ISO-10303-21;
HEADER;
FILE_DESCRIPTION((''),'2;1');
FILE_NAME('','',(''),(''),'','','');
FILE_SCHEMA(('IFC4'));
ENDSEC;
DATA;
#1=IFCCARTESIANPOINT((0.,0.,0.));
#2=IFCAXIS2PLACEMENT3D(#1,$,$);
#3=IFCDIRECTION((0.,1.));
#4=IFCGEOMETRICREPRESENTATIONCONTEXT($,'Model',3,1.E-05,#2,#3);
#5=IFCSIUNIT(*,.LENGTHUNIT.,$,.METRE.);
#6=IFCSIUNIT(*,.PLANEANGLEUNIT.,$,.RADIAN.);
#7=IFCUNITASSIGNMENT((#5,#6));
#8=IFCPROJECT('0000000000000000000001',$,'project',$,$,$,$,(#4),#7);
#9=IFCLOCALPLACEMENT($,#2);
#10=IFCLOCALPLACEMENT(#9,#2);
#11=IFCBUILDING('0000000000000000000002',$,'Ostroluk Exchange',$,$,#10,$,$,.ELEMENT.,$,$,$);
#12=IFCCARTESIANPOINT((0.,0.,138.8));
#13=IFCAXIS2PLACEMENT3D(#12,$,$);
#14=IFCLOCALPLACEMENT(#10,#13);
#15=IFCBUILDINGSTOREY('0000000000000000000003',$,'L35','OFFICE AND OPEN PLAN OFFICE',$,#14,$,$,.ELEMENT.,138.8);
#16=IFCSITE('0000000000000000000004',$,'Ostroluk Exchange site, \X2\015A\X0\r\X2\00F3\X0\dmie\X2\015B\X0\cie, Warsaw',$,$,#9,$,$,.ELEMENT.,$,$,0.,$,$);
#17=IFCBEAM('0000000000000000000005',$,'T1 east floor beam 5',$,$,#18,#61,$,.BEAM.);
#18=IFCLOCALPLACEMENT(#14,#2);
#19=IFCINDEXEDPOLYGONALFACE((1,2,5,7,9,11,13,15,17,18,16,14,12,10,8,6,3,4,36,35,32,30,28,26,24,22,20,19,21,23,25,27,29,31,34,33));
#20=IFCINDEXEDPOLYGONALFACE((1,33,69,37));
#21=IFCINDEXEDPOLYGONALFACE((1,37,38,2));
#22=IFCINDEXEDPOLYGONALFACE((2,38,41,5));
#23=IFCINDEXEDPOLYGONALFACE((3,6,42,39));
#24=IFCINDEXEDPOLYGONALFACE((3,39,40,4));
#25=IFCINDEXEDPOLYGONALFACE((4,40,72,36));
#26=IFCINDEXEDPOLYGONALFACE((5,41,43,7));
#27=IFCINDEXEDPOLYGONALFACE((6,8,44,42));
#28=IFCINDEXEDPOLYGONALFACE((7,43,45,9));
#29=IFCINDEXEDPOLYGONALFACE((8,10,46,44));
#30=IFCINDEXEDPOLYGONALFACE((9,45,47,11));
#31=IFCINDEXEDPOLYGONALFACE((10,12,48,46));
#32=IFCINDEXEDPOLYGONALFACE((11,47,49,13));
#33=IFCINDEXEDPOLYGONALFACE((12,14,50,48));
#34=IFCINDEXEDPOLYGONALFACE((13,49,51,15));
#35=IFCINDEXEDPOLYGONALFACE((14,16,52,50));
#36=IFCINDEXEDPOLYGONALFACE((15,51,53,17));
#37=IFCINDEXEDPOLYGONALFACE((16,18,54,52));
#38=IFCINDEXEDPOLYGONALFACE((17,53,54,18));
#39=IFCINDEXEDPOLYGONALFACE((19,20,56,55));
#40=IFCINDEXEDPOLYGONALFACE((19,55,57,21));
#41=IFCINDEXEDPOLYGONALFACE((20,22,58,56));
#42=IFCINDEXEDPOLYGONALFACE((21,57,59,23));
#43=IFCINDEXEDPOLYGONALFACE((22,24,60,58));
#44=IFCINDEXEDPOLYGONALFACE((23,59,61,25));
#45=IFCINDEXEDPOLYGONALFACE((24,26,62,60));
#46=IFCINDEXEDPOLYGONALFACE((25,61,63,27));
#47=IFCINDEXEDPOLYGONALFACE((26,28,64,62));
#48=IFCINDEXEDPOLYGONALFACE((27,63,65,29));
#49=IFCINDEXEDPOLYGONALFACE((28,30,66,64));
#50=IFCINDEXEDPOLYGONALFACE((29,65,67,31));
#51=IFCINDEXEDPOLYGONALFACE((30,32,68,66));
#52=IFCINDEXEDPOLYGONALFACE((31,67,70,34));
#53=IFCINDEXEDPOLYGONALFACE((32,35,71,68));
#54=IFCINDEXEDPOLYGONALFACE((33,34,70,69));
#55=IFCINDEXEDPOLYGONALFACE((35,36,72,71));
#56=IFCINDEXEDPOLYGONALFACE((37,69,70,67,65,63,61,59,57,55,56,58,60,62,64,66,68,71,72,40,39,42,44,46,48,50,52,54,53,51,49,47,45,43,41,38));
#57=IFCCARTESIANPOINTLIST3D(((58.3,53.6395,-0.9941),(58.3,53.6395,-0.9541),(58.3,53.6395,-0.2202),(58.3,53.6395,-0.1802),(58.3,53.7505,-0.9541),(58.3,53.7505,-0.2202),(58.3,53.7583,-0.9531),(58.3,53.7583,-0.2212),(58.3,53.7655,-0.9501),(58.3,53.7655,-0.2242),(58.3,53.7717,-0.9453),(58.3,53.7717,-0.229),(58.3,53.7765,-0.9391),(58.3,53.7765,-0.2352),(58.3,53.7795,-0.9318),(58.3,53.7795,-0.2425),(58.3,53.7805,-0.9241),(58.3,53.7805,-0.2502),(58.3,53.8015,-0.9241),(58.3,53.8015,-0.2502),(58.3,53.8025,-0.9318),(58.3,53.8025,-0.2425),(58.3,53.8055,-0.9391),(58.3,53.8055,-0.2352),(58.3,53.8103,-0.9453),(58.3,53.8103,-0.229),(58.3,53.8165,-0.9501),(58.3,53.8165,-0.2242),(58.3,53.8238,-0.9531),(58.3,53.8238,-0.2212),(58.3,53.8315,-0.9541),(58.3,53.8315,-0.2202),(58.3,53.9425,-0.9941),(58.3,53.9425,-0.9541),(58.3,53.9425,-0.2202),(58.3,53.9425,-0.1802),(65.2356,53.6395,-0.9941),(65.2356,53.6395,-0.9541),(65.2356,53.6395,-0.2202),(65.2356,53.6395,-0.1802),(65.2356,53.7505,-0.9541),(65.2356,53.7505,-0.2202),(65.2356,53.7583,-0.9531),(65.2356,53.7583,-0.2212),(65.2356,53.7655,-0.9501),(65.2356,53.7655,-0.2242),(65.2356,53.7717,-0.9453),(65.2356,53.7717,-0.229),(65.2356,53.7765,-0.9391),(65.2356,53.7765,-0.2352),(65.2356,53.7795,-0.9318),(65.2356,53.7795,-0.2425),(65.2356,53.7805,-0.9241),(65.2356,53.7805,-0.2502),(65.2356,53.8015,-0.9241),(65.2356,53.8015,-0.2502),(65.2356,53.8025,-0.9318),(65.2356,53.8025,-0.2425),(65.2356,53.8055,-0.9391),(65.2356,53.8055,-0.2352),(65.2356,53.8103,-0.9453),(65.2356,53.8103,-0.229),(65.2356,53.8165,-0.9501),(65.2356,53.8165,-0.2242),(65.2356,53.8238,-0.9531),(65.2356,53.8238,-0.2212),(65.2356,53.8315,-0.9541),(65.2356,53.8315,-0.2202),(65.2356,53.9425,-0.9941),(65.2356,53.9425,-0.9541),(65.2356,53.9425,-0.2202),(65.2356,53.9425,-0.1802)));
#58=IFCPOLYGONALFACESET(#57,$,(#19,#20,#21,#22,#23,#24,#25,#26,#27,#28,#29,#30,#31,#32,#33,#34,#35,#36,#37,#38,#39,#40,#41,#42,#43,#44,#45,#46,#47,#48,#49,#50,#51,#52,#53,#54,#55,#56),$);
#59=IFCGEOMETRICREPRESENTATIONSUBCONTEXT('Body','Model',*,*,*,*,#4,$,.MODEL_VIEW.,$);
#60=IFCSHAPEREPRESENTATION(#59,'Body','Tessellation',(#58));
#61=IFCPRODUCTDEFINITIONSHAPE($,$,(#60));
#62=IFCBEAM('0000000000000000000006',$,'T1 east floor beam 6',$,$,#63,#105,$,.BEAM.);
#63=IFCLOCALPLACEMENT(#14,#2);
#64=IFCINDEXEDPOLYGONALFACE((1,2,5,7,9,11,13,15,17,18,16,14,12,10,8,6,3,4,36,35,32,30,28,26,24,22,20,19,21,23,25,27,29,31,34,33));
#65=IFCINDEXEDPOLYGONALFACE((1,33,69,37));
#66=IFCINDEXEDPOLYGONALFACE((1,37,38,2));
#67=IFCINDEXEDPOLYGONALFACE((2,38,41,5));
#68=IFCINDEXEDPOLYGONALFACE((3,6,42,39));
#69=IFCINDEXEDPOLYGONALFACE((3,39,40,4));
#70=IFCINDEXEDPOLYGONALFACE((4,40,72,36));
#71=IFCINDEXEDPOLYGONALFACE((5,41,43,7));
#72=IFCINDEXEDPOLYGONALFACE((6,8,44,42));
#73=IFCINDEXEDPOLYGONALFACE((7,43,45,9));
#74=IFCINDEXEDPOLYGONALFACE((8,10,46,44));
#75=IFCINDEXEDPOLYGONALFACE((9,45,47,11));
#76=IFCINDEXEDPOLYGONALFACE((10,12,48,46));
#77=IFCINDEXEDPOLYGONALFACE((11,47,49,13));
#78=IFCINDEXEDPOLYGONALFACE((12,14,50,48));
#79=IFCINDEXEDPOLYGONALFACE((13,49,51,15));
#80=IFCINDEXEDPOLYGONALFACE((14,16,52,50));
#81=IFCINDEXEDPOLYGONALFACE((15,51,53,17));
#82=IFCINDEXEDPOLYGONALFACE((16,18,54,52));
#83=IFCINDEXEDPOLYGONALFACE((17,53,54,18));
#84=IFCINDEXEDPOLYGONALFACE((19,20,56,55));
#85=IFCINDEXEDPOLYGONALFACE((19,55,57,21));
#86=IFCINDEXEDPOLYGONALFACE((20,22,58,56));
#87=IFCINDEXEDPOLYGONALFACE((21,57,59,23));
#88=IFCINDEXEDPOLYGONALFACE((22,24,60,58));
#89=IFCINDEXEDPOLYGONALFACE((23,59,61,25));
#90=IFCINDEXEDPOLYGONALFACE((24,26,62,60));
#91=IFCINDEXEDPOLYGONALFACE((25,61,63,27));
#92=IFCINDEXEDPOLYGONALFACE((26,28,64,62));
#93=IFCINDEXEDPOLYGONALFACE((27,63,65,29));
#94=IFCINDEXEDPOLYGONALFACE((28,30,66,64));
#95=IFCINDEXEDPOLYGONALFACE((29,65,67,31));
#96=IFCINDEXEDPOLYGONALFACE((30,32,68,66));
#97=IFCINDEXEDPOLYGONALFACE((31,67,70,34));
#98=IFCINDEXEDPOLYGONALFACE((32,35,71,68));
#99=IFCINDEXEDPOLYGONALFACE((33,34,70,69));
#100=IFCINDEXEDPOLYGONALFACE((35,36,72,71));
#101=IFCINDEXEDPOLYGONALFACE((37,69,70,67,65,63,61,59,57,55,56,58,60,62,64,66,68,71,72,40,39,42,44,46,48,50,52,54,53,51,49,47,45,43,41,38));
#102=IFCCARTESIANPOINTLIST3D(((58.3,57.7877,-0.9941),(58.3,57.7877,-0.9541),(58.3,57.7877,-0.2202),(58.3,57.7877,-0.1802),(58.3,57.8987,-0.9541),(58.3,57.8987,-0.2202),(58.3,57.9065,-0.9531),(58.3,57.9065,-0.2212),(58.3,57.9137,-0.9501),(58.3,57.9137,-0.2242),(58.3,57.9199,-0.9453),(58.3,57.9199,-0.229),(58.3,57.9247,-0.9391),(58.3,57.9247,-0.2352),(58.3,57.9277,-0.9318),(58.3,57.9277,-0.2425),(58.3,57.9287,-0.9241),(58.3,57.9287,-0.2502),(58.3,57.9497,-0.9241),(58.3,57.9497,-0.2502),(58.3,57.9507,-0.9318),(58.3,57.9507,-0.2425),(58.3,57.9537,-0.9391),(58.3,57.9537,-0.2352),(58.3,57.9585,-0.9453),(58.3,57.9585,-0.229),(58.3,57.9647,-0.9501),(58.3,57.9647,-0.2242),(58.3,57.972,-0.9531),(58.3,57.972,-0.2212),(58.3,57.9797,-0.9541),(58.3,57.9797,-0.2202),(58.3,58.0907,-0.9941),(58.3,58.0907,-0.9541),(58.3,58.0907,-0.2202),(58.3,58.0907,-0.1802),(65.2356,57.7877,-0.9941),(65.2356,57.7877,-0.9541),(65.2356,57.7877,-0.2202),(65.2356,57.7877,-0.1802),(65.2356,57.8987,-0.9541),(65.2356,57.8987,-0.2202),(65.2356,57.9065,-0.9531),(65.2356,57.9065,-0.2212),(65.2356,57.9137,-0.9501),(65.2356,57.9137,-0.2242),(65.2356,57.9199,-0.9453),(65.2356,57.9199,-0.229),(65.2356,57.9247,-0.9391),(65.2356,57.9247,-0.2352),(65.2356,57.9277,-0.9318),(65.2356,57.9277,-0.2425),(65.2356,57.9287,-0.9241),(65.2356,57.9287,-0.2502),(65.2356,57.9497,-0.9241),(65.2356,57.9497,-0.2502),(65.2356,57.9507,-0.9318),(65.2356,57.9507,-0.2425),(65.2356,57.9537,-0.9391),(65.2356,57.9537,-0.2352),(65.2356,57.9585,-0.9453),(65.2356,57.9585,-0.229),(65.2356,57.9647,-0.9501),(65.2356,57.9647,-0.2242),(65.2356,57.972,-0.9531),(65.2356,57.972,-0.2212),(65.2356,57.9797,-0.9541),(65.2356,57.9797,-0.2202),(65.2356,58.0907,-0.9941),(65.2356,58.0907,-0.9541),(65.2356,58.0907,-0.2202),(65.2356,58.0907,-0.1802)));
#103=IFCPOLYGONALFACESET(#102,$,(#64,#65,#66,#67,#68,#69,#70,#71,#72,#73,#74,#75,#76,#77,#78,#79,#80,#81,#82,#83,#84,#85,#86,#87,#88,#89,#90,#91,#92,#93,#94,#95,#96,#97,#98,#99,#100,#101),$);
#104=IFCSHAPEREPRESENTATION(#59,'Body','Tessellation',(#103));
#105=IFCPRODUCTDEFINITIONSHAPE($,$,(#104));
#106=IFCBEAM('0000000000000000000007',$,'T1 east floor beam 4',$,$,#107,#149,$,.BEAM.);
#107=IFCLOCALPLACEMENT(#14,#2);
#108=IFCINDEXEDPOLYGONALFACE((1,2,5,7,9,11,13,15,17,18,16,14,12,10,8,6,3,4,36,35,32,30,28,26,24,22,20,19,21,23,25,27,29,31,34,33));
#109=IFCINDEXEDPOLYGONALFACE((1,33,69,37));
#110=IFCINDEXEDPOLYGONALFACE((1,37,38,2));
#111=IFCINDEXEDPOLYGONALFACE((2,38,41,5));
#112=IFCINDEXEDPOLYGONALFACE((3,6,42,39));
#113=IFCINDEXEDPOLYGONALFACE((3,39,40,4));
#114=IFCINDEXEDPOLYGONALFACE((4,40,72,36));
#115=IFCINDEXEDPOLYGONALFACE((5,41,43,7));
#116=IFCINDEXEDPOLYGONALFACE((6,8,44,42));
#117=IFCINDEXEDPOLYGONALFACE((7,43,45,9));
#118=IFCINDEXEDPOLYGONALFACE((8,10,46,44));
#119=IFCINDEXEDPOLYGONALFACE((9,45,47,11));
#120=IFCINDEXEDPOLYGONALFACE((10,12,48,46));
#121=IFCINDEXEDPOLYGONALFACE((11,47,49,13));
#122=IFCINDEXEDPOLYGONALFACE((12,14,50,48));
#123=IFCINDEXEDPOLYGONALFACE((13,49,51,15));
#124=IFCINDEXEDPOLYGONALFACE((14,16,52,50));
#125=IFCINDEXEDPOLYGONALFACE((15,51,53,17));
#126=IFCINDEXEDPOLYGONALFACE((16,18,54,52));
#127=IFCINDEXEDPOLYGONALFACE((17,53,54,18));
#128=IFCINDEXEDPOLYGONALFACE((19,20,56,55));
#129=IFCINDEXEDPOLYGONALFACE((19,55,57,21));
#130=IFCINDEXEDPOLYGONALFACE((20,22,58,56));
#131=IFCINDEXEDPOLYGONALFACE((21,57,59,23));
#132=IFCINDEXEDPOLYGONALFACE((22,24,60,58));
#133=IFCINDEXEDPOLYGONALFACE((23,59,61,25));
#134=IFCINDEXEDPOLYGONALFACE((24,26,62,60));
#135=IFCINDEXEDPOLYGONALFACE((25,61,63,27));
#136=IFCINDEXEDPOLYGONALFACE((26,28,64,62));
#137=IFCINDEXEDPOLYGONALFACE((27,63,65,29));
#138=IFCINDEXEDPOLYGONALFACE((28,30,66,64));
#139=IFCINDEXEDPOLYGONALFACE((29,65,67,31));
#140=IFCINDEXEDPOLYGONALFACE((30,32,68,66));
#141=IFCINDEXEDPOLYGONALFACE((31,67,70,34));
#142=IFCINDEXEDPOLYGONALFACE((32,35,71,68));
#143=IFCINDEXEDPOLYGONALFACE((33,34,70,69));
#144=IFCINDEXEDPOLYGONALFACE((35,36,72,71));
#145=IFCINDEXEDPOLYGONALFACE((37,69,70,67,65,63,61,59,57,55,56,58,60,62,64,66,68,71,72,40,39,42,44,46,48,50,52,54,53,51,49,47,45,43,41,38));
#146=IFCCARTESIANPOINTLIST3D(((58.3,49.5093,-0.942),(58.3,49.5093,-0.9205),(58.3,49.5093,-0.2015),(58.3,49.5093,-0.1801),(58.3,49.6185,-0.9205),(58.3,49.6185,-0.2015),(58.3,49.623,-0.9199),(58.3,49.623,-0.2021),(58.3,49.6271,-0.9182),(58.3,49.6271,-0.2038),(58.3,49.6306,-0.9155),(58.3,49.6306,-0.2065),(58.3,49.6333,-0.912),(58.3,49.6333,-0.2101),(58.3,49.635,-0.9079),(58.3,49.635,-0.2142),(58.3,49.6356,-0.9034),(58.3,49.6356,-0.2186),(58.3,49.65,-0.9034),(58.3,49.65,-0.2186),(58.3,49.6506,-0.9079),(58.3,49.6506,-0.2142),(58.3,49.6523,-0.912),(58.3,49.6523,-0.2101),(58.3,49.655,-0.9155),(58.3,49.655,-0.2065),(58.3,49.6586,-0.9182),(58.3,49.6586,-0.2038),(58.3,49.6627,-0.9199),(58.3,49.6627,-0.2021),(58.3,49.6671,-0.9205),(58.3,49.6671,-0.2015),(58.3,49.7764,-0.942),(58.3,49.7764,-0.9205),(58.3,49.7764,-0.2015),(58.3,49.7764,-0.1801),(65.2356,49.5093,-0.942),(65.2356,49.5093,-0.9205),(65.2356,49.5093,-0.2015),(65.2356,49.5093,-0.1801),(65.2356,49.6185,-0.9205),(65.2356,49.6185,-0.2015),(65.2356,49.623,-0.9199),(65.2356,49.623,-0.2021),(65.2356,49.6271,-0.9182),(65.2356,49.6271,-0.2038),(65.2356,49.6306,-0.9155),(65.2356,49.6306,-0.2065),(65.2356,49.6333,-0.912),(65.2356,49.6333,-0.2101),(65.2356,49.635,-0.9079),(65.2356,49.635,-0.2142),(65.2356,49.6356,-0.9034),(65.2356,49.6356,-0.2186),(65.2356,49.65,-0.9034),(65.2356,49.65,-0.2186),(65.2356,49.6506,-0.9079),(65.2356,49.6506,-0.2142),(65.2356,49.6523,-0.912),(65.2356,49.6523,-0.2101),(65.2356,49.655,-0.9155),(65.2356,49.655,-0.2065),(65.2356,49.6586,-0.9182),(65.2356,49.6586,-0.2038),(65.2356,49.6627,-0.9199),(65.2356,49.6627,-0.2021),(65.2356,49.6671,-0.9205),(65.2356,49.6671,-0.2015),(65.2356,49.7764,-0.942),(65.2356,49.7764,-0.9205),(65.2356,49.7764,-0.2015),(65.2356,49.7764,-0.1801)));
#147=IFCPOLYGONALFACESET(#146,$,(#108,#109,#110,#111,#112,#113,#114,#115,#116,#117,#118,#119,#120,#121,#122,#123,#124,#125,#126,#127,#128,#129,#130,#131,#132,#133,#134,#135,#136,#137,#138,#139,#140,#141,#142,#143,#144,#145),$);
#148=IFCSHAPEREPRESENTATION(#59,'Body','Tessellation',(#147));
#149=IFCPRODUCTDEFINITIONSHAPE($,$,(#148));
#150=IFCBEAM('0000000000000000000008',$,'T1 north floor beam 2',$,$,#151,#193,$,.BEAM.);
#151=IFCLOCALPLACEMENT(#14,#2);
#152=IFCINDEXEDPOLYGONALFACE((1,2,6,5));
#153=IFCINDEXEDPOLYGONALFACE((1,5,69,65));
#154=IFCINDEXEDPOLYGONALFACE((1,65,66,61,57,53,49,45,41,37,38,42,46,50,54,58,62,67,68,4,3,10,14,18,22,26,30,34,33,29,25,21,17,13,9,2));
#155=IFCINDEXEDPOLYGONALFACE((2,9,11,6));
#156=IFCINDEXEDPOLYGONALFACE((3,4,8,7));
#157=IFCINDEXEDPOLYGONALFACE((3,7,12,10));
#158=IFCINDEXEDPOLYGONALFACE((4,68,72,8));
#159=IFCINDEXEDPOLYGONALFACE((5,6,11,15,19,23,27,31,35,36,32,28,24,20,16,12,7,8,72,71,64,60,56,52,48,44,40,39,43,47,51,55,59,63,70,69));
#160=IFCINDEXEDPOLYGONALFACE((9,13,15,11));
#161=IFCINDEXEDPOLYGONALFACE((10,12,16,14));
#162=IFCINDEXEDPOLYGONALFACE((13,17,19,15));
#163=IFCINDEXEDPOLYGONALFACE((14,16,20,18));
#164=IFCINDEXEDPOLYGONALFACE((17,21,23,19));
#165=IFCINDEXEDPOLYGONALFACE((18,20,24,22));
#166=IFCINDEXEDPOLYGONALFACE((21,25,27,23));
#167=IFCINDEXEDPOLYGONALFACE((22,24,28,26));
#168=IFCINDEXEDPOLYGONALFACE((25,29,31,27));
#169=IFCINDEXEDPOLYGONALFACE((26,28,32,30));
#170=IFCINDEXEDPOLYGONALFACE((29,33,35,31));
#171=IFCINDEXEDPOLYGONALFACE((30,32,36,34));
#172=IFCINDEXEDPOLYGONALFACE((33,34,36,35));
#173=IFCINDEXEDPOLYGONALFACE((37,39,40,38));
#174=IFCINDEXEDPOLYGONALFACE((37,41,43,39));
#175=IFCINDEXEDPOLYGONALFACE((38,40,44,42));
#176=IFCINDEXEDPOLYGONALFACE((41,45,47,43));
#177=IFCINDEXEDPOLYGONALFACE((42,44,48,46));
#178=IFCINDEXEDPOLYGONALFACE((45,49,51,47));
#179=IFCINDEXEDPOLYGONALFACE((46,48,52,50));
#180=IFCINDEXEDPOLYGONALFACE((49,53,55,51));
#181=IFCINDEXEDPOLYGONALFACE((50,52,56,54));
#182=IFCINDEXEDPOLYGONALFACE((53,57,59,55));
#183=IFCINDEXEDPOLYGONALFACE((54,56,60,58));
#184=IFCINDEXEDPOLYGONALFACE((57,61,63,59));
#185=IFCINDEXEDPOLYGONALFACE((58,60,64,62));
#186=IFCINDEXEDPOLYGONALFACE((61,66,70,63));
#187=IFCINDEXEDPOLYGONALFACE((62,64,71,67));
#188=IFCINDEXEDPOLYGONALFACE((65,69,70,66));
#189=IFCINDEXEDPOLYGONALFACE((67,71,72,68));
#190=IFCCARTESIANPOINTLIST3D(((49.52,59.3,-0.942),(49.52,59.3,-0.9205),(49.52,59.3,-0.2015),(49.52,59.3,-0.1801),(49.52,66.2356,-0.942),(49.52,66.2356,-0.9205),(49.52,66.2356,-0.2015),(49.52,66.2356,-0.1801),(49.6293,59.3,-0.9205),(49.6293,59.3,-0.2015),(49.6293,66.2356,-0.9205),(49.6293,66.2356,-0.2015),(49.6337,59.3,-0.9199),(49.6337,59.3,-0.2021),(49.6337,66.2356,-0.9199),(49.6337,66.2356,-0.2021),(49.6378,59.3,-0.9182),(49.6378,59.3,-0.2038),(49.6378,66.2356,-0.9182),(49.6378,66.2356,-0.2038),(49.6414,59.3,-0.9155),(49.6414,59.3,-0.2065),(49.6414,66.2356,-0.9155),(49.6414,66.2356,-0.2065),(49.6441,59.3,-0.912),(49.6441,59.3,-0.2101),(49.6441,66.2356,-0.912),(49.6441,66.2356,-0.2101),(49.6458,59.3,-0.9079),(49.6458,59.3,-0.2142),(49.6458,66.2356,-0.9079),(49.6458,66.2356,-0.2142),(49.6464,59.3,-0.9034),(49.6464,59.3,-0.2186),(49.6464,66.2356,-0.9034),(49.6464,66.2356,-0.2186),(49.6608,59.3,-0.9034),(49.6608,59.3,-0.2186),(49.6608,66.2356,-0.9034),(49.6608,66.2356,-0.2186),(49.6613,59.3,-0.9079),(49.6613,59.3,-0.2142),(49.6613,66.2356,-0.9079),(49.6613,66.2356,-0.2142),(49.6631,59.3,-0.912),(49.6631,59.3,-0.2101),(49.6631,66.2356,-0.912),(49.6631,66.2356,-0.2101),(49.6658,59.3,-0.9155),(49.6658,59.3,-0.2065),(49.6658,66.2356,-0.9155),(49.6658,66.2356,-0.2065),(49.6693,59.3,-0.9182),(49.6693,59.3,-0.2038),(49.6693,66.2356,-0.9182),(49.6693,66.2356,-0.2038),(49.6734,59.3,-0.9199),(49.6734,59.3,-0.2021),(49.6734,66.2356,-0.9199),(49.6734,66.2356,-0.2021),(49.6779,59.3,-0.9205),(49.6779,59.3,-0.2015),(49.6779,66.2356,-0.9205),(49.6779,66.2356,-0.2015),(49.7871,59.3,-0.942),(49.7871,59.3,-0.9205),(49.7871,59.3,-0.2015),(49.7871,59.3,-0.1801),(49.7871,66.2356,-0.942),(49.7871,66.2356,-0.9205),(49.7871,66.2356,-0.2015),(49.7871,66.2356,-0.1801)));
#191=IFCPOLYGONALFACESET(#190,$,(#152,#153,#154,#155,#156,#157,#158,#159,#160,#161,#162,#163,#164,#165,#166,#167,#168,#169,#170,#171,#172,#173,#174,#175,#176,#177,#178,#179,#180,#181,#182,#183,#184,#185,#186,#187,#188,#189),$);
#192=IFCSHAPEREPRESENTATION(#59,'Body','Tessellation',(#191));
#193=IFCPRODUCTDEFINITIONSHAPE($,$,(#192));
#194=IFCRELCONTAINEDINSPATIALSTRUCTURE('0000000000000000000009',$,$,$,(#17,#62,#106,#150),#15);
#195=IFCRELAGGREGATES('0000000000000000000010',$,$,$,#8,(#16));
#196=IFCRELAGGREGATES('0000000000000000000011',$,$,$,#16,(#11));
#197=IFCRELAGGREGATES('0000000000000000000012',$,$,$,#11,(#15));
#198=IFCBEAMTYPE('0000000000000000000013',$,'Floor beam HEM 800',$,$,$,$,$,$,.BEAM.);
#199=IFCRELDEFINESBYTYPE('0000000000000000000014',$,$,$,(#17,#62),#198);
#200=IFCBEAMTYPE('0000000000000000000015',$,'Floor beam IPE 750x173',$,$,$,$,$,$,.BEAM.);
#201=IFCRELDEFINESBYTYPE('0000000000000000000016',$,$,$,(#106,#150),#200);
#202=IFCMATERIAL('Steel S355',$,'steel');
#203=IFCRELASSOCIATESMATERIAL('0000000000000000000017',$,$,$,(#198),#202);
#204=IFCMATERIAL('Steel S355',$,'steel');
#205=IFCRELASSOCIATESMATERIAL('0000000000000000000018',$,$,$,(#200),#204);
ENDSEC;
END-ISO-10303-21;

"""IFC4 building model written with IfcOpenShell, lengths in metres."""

from ifc_helpers import new_model, si_unit, direction, frame, origin, origin_2d, place, context, subcontext, project, spatial, i_section, extrude, material, material_profile, profile_set, type_object, element, save


model = new_model("IFC4")

# Units and contexts
model_context = context("Model", 3, precision=1e-05, world=origin(), true_north=direction((0.0, 1.0)))
body_context = subcontext(model_context, "Body", "Model", "MODEL_VIEW")
ifc_project = project(units=[si_unit("LENGTHUNIT", "METRE"), si_unit("PLANEANGLEUNIT", "RADIAN")], contexts=[model_context])

# Site, building, storey
site_placement = place(None, origin())
site = spatial("IfcSite", under=ifc_project, at=site_placement, Name="Ostroluk Exchange site, Śródmieście, Warsaw", CompositionType="ELEMENT", RefElevation=0.0)
building_placement = place(site_placement, origin())
building = spatial("IfcBuilding", under=site, at=building_placement, Name="Ostroluk Exchange", CompositionType="ELEMENT")
storey_placement = place(building_placement, frame((0.0, 0.0, 138.8)))
storey = spatial("IfcBuildingStorey", under=building, at=storey_placement, Name="L35", Description="OFFICE AND OPEN PLAN OFFICE", CompositionType="ELEMENT", Elevation=138.8)

# Beams
ifc_material_1 = material(Name="Steel S355", Category="steel")
ifc_material_profile_1 = material_profile(ifc_material_1, i_section(OverallWidth=0.303, OverallDepth=0.814, WebThickness=0.021, FlangeThickness=0.04, FilletRadius=0.03, at=origin_2d()), Name="HEM 800")
ifc_profile_set_1 = profile_set([ifc_material_profile_1], Name="Steel S355")
beam_type_1 = type_object("IfcBeamType", Name="Floor beam HEM 800", PredefinedType="BEAM", material=ifc_profile_set_1)
for number, where, z_axis, x_axis, name in (
    (1, (58.3, 53.791, -0.5872), (1.0, 0.0, 0.0), (0.0, 1.0, 0.0), "T1 east floor beam 5"),
    (2, (58.3, 57.9392, -0.5872), (1.0, 0.0, 0.0), (0.0, 1.0, 0.0), "T1 east floor beam 6"),
):
    element("IfcBeam", number, at=place(storey_placement, frame(where, z_axis=z_axis, x_axis=x_axis)), inside=storey, type_object=beam_type_1, Name=name, PredefinedType="BEAM", context=body_context, shape_type="SweptSolid", body=[
        extrude(i_section(OverallWidth=0.303, OverallDepth=0.814, WebThickness=0.021, FlangeThickness=0.04, FilletRadius=0.03, at=origin_2d()), origin(), (0.0, 0.0, 1.0), 6.9355),
    ])
ifc_material_2 = material(Name="Steel S355", Category="steel")
ifc_material_profile_2 = material_profile(ifc_material_2, i_section(OverallWidth=0.2671, OverallDepth=0.762, WebThickness=0.0144, FlangeThickness=0.0215, FilletRadius=0.0171, at=origin_2d()), Name="IPE 750x173")
ifc_profile_set_2 = profile_set([ifc_material_profile_2], Name="Steel S355")
beam_type_2 = type_object("IfcBeamType", Name="Floor beam IPE 750x173", PredefinedType="BEAM", material=ifc_profile_set_2)
for number, where, z_axis, x_axis, name in (
    (3, (58.3, 49.6428, -0.561), (1.0, 0.0, 0.0), (0.0, 1.0, 0.0), "T1 east floor beam 4"),
    (4, (49.6536, 59.3, -0.561), (0.0, 1.0, 0.0), (-1.0, 0.0, 0.0), "T1 north floor beam 2"),
):
    element("IfcBeam", number, at=place(storey_placement, frame(where, z_axis=z_axis, x_axis=x_axis)), inside=storey, type_object=beam_type_2, Name=name, PredefinedType="BEAM", context=body_context, shape_type="SweptSolid", body=[
        extrude(i_section(OverallWidth=0.2671, OverallDepth=0.762, WebThickness=0.0144, FlangeThickness=0.0215, FilletRadius=0.0171, at=origin_2d()), origin(), (0.0, 0.0, 1.0), 6.9355),
    ])

save(model, "model.ifc")
